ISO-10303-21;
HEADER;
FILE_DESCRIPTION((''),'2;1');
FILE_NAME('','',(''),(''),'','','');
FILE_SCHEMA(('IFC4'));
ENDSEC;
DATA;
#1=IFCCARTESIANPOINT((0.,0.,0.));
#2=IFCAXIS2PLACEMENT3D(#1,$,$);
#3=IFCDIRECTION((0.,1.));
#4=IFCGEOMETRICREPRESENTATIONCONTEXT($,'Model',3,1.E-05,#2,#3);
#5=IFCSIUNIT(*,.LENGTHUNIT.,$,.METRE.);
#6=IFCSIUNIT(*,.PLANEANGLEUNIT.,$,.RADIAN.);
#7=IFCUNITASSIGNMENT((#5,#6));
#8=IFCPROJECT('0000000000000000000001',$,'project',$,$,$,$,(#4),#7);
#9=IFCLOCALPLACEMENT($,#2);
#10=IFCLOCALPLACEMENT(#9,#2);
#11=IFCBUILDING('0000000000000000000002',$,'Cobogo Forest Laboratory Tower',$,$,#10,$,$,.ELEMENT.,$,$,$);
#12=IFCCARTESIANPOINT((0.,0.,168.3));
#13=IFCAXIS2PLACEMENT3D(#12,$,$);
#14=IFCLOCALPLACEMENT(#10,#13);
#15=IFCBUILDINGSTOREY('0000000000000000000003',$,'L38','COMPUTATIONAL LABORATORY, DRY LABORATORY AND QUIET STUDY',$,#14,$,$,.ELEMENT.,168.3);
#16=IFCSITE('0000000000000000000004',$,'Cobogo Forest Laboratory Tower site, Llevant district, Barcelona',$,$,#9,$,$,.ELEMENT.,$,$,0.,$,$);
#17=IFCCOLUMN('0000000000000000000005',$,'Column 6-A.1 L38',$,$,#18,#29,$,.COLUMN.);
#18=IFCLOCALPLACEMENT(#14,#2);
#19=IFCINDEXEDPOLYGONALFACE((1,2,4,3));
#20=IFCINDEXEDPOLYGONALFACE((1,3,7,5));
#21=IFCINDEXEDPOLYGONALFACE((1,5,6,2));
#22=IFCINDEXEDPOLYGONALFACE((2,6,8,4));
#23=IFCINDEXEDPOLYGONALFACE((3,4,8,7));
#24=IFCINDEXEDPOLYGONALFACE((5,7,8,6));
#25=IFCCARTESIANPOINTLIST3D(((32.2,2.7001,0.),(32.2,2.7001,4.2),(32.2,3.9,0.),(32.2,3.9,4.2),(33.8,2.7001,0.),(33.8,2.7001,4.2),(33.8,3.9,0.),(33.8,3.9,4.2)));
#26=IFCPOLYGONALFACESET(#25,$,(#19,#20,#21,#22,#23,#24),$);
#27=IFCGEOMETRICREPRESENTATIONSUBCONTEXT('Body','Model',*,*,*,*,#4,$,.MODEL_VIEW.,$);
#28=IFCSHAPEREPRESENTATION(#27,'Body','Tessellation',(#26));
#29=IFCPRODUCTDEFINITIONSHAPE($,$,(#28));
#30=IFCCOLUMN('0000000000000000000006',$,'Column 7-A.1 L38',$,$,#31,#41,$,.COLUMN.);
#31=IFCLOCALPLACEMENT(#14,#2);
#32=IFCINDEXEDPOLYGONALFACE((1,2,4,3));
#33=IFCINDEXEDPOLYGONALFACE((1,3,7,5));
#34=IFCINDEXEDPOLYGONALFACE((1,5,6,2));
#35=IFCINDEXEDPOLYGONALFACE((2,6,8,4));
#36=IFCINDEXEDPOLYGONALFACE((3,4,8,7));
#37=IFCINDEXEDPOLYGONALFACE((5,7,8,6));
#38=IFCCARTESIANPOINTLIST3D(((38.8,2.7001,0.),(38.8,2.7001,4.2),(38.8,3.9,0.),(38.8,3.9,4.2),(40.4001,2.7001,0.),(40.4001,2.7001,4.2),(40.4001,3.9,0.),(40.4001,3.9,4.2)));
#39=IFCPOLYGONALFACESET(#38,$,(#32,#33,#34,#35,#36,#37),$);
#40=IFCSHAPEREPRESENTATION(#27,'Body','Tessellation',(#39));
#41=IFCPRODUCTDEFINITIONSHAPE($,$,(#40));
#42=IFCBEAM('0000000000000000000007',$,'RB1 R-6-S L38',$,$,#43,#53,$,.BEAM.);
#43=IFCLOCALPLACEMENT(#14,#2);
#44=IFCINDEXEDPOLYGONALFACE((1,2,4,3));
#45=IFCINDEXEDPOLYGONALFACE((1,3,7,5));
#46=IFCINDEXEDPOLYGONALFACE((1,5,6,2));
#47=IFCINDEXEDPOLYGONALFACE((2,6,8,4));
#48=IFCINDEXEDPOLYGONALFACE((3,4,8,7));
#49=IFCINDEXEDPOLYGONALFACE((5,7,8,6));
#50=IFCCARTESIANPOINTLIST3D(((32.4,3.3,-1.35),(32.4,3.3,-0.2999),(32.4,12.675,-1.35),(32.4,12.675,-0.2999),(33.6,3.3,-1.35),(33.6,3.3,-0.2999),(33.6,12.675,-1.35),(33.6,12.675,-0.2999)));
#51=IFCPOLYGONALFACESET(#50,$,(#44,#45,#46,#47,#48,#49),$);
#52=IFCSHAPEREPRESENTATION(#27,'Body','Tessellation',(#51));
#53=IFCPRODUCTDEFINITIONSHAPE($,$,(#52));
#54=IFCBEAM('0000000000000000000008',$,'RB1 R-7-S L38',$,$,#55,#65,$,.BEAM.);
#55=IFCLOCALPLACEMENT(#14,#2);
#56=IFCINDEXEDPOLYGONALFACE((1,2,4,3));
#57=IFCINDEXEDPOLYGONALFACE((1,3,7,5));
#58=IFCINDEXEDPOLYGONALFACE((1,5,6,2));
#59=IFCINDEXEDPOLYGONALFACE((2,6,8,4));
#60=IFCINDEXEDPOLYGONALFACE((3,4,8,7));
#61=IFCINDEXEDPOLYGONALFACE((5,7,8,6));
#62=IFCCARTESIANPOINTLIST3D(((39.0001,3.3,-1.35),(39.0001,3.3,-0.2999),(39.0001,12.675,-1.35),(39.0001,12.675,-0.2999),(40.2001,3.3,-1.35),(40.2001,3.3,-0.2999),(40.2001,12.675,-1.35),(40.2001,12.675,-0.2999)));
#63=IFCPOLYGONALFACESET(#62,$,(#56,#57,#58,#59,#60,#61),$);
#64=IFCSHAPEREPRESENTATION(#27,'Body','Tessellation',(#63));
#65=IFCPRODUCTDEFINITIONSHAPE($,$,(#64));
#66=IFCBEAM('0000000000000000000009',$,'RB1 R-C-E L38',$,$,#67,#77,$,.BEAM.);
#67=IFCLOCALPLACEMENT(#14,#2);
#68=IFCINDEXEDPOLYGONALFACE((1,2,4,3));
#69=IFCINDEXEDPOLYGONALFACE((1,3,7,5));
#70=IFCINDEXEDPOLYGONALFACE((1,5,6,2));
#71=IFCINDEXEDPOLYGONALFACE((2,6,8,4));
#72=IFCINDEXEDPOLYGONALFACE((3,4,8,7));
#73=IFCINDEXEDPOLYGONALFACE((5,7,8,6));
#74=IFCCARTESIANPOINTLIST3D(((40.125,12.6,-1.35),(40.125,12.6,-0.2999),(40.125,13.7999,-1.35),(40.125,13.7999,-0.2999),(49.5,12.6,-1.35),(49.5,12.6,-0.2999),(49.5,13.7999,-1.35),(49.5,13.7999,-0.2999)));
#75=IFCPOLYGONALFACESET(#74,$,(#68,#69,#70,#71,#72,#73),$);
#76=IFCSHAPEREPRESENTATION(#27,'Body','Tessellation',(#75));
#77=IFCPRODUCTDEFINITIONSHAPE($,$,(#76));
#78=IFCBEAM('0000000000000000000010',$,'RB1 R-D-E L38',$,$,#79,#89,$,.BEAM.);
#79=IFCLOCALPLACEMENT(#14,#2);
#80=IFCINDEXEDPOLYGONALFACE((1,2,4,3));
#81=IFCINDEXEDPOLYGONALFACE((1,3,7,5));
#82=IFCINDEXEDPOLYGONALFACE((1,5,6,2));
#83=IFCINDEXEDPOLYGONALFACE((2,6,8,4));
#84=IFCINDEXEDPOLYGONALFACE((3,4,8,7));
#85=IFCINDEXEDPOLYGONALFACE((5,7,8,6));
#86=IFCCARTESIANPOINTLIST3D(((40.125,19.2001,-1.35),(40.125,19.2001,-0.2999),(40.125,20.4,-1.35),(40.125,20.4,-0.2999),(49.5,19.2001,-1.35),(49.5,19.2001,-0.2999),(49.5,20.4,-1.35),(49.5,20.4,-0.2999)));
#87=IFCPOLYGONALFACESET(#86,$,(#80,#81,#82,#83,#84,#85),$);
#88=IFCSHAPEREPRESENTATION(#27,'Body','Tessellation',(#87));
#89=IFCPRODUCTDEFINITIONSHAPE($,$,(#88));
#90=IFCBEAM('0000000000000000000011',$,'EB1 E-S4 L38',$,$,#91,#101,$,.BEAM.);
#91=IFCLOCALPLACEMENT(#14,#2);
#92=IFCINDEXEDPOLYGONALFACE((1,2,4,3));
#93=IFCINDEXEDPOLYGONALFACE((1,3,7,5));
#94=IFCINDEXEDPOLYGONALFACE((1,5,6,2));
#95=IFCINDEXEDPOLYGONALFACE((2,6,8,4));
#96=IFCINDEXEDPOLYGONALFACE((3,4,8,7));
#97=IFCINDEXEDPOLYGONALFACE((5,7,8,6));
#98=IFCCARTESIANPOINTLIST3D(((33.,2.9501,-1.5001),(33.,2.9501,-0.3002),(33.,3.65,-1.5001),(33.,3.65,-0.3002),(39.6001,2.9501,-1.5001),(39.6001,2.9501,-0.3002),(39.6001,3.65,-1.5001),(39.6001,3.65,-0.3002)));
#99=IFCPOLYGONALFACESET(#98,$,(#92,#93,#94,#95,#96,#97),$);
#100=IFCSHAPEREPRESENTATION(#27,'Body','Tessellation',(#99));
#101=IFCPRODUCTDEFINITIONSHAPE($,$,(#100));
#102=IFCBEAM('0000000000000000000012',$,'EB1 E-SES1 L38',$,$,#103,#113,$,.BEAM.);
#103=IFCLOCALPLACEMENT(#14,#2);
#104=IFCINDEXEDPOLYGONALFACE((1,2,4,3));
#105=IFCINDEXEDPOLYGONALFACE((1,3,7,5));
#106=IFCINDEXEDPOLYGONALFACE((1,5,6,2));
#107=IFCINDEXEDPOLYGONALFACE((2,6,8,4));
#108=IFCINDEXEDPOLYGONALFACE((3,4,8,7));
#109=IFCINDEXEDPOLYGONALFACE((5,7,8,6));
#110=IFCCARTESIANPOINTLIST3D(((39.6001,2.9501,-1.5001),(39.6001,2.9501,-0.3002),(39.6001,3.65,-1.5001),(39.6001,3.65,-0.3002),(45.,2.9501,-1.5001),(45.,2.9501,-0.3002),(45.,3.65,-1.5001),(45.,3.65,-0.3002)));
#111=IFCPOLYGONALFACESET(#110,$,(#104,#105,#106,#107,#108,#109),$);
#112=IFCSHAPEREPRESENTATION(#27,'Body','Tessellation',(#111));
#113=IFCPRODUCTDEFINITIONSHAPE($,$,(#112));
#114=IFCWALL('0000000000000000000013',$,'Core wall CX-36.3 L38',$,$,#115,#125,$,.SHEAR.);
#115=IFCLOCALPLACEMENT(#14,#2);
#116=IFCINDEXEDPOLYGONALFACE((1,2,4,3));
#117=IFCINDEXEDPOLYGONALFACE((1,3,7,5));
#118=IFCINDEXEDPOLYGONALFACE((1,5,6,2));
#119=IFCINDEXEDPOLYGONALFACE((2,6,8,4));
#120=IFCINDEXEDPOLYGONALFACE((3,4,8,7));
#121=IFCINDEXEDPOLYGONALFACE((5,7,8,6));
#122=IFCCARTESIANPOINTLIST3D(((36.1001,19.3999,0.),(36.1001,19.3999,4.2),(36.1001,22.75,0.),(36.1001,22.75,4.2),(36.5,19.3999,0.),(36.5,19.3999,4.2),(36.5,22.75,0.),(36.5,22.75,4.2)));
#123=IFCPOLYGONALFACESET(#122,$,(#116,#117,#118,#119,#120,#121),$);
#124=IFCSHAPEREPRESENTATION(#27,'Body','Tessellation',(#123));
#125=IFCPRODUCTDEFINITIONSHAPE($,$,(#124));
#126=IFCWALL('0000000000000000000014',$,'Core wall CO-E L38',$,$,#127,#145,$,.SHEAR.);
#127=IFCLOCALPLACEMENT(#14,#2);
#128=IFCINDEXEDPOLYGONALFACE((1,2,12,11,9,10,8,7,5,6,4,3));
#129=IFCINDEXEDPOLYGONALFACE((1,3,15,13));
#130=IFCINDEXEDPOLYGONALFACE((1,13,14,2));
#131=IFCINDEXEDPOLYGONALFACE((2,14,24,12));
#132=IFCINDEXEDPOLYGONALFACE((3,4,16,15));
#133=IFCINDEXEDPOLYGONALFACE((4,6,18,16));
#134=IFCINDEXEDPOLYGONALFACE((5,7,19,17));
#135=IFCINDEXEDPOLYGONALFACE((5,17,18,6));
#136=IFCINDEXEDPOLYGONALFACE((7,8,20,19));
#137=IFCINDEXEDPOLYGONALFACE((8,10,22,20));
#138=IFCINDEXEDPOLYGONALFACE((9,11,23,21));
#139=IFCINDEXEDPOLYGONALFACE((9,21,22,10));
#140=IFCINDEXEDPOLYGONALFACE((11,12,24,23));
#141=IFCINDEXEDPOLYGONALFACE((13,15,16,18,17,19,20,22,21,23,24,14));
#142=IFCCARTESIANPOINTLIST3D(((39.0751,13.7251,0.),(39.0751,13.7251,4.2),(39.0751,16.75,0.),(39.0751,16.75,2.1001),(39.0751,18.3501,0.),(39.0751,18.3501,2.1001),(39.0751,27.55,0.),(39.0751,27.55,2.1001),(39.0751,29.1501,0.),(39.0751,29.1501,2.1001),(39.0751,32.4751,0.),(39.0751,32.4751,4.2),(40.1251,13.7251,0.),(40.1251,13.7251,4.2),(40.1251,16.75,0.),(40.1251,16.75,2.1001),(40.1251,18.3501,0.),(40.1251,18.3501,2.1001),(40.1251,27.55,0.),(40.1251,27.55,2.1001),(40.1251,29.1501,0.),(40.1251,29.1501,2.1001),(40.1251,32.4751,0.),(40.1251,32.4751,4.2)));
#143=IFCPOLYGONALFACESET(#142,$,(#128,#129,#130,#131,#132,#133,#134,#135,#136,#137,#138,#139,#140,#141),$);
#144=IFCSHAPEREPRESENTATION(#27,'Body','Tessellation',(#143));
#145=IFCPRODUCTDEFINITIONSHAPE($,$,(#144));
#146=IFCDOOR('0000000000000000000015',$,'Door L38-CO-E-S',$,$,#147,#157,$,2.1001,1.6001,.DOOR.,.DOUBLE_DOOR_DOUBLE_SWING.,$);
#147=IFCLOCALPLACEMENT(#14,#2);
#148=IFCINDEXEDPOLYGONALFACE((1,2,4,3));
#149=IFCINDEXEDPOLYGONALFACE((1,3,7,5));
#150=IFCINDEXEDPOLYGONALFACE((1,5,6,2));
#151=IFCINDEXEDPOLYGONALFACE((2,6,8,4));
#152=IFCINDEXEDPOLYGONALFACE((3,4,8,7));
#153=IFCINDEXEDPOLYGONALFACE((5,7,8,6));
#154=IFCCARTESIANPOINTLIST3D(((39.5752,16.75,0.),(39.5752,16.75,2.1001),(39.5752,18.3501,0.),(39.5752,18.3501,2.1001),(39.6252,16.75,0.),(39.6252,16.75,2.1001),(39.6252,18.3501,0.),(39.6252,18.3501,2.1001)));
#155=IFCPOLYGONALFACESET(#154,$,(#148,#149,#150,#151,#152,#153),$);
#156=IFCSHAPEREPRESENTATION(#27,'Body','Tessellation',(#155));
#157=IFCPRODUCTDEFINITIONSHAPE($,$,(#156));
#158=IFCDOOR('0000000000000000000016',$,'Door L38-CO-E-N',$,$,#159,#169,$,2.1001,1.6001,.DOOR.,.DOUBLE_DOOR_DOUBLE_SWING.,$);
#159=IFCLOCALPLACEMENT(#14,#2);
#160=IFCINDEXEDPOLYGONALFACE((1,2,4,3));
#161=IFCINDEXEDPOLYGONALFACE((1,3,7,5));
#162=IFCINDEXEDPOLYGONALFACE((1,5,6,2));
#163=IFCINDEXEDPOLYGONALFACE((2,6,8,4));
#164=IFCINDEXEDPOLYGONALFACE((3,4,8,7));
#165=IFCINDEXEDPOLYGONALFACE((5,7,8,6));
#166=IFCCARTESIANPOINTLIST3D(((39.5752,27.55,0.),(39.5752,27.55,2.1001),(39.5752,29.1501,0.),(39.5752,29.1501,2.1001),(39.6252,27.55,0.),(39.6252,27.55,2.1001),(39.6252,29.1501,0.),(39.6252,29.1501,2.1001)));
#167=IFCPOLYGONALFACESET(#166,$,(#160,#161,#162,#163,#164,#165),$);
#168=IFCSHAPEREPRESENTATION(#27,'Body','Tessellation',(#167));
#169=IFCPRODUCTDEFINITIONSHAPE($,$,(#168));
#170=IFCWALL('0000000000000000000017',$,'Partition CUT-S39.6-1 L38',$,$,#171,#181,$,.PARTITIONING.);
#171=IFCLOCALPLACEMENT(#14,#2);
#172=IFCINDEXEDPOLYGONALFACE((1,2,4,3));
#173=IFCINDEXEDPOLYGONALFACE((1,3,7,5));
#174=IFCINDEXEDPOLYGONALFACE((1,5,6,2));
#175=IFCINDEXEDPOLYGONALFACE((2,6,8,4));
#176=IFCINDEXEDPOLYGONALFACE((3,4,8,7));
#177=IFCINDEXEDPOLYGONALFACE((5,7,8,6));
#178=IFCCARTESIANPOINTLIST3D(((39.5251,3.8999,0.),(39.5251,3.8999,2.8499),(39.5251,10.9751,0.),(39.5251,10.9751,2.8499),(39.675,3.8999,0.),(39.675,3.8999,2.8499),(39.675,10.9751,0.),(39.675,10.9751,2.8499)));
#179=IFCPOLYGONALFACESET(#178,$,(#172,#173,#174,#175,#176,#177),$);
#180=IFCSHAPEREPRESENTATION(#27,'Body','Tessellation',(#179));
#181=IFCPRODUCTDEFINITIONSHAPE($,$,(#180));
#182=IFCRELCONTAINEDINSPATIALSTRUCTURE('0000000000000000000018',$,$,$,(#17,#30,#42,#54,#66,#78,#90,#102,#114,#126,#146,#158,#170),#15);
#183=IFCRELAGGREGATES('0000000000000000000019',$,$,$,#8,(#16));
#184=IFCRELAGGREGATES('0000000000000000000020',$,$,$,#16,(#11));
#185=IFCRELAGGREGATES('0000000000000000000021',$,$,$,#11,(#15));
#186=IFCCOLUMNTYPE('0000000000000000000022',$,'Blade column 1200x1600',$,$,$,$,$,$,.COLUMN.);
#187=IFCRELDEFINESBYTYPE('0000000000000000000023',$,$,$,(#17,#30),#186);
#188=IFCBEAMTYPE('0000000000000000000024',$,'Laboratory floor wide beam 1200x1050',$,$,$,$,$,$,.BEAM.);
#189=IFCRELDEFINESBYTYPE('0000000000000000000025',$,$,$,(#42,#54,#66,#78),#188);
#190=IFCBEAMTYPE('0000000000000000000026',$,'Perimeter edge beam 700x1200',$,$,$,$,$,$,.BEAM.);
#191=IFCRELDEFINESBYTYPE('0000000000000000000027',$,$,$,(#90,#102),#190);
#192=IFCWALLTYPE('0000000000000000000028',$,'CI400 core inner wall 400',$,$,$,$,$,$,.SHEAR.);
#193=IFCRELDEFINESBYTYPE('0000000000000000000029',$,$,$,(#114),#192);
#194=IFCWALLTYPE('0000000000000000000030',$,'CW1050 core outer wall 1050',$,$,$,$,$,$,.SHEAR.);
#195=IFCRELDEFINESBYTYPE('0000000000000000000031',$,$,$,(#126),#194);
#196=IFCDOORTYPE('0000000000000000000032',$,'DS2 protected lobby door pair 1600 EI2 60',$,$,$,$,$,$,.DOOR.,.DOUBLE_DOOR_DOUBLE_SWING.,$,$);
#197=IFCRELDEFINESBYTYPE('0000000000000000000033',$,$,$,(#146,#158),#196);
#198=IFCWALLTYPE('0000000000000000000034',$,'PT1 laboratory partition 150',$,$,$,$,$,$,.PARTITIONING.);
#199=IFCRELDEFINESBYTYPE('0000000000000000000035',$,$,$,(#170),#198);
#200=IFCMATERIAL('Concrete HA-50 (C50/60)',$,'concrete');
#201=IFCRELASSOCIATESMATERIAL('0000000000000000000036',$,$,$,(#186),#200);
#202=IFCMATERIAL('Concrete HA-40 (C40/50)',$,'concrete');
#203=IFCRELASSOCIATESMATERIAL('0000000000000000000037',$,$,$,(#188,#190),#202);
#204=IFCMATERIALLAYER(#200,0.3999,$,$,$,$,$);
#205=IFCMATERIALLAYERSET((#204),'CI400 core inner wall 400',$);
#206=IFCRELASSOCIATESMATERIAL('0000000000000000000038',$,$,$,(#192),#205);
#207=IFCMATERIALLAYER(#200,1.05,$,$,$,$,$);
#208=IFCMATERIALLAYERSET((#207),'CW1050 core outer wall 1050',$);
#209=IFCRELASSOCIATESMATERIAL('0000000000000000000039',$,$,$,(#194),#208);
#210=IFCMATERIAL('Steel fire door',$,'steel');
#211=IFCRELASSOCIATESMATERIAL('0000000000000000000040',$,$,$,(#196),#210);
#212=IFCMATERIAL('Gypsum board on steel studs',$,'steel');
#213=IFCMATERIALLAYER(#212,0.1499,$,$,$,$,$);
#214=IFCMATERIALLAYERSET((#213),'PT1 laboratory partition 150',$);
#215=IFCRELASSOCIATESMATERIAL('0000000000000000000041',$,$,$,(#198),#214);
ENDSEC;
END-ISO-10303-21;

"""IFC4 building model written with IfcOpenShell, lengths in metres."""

from ifc_helpers import new_model, si_unit, direction, frame, frame_2d, origin, origin_2d, place, context, subcontext, project, spatial, rectangle, extrude, material, layer, layer_set, material_profile, profile_set, type_object, element, fill, save


model = new_model("IFC4")

# Units and contexts
model_context = context("Model", 3, precision=1e-05, world=origin(), true_north=direction((0.0, 1.0)))
body_context = subcontext(model_context, "Body", "Model", "MODEL_VIEW")
ifc_project = project(units=[si_unit("LENGTHUNIT", "METRE"), si_unit("PLANEANGLEUNIT", "RADIAN")], contexts=[model_context])

# Site, building, storey
site_placement = place(None, origin())
site = spatial("IfcSite", under=ifc_project, at=site_placement, Name="Cobogo Forest Laboratory Tower site, Llevant district, Barcelona", CompositionType="ELEMENT", RefElevation=0.0)
building_placement = place(site_placement, origin())
building = spatial("IfcBuilding", under=site, at=building_placement, Name="Cobogo Forest Laboratory Tower", CompositionType="ELEMENT")
storey_placement = place(building_placement, frame((0.0, 0.0, 168.3)))
storey = spatial("IfcBuildingStorey", under=building, at=storey_placement, Name="L38", Description="COMPUTATIONAL LABORATORY, DRY LABORATORY AND QUIET STUDY", CompositionType="ELEMENT", Elevation=168.3)

# Columns
ifc_material_1 = material(Name="Concrete HA-50 (C50/60)", Category="concrete")
ifc_material_profile_1 = material_profile(ifc_material_1, rectangle(XDim=1.6001, YDim=1.2, at=origin_2d()), Name="RC 1200x1600")
ifc_profile_set_1 = profile_set([ifc_material_profile_1], Name="Concrete HA-50 (C50/60)")
column_type = type_object("IfcColumnType", Name="Blade column 1200x1600", PredefinedType="COLUMN", material=ifc_profile_set_1)
for number, where, z_axis, x_axis, name in (
    (1, (33.0, 3.3, 0.0), (0.0, 0.0, 1.0), (1.0, 0.0, 0.0), "Column 6-A.1 L38"),
    (2, (39.6001, 3.3, 0.0), (0.0, 0.0, 1.0), (1.0, 0.0, 0.0), "Column 7-A.1 L38"),
):
    element("IfcColumn", number, at=place(storey_placement, frame(where, z_axis=z_axis, x_axis=x_axis)), inside=storey, type_object=column_type, Name=name, PredefinedType="COLUMN", context=body_context, shape_type="SweptSolid", body=[
        extrude(rectangle(XDim=1.6001, YDim=1.2, at=origin_2d()), origin(), (0.0, 0.0, 1.0), 4.2),
    ])

# Beams
ifc_material_2 = material(Name="Concrete HA-40 (C40/50)", Category="concrete")
ifc_material_profile_2 = material_profile(ifc_material_2, rectangle(XDim=1.2, YDim=1.05, at=origin_2d()), Name="RC 1200x1050")
ifc_profile_set_2 = profile_set([ifc_material_profile_2], Name="Concrete HA-40 (C40/50)")
beam_type_1 = type_object("IfcBeamType", Name="Laboratory floor wide beam 1200x1050", PredefinedType="BEAM", material=ifc_profile_set_2)
for number, where, z_axis, x_axis, name in (
    (3, (33.0, 12.675, -0.825), (0.0, -1.0, 0.0), (1.0, 0.0, 0.0), "RB1 R-6-S L38"),
    (4, (39.6001, 12.675, -0.825), (0.0, -1.0, 0.0), (1.0, 0.0, 0.0), "RB1 R-7-S L38"),
    (5, (40.125, 13.2, -0.825), (1.0, 0.0, 0.0), (0.0, 1.0, 0.0), "RB1 R-C-E L38"),
    (6, (40.125, 19.8, -0.825), (1.0, 0.0, 0.0), (0.0, 1.0, 0.0), "RB1 R-D-E L38"),
):
    element("IfcBeam", number, at=place(storey_placement, frame(where, z_axis=z_axis, x_axis=x_axis)), inside=storey, type_object=beam_type_1, Name=name, PredefinedType="BEAM", context=body_context, shape_type="SweptSolid", body=[
        extrude(rectangle(XDim=1.2, YDim=1.05, at=origin_2d()), origin(), (0.0, 0.0, 1.0), 9.375),
    ])
ifc_material_profile_3 = material_profile(ifc_material_2, rectangle(XDim=0.7, YDim=1.2, at=origin_2d()), Name="RC 700x1200")
ifc_profile_set_3 = profile_set([ifc_material_profile_3], Name="Concrete HA-40 (C40/50)")
beam_type_2 = type_object("IfcBeamType", Name="Perimeter edge beam 700x1200", PredefinedType="BEAM", material=ifc_profile_set_3)
beam_1_placement = place(storey_placement, frame((33.0, 3.3, -0.9001), z_axis=(1.0, 0.0, 0.0), x_axis=(0.0, 1.0, 0.0)))
element("IfcBeam", 7, at=beam_1_placement, inside=storey, type_object=beam_type_2, Name="EB1 E-S4 L38", PredefinedType="BEAM", context=body_context, shape_type="SweptSolid", body=[
    extrude(rectangle(XDim=0.7, YDim=1.2, at=origin_2d()), origin(), (0.0, 0.0, 1.0), 6.6001),
])
beam_2_placement = place(storey_placement, frame((39.6001, 3.3, -0.9001), z_axis=(1.0, 0.0, 0.0), x_axis=(0.0, 1.0, 0.0)))
element("IfcBeam", 8, at=beam_2_placement, inside=storey, type_object=beam_type_2, Name="EB1 E-SES1 L38", PredefinedType="BEAM", context=body_context, shape_type="SweptSolid", body=[
    extrude(rectangle(XDim=0.7, YDim=1.2, at=origin_2d()), origin(), (0.0, 0.0, 1.0), 5.3999),
])

# Wall
ifc_layer_1 = layer(ifc_material_1, 0.3999)
ifc_layer_set_1 = layer_set([ifc_layer_1], Name="CI400 core inner wall 400")
wall_type_1 = type_object("IfcWallType", Name="CI400 core inner wall 400", PredefinedType="SHEAR", material=ifc_layer_set_1)
wall_1_placement = place(storey_placement, frame((36.3, 19.3999, 0.0), z_axis=(0.0, 0.0, 1.0), x_axis=(0.0, 1.0, 0.0)))
element("IfcWall", 9, at=wall_1_placement, inside=storey, type_object=wall_type_1, Name="Core wall CX-36.3 L38", PredefinedType="SHEAR", context=body_context, shape_type="SweptSolid", body=[
    extrude(rectangle(XDim=3.3501, YDim=0.3999, at=frame_2d((1.675, 0.0))), origin(), (0.0, 0.0, 1.0), 4.2),
])

# Wall, openings, doors
ifc_layer_2 = layer(ifc_material_1, 1.05)
ifc_layer_set_2 = layer_set([ifc_layer_2], Name="CW1050 core outer wall 1050")
wall_type_2 = type_object("IfcWallType", Name="CW1050 core outer wall 1050", PredefinedType="SHEAR", material=ifc_layer_set_2)
wall_2_placement = place(storey_placement, frame((39.6001, 13.7251, 0.0), z_axis=(0.0, 0.0, 1.0), x_axis=(0.0, 1.0, 0.0)))
wall_2 = element("IfcWall", 10, at=wall_2_placement, inside=storey, type_object=wall_type_2, Name="Core wall CO-E L38", PredefinedType="SHEAR", context=body_context, shape_type="SweptSolid", body=[
    extrude(rectangle(XDim=18.75, YDim=1.05, at=frame_2d((9.375, 0.0))), origin(), (0.0, 0.0, 1.0), 4.2),
])
opening_1_placement = place(wall_2_placement, frame((3.0249, 0.0, 0.0)))
opening_1 = element("IfcOpeningElement", 11, at=opening_1_placement, cuts=wall_2, PredefinedType="OPENING", context=body_context, shape_type="SweptSolid", body=[
    extrude(rectangle(XDim=1.6001, YDim=2.1001, at=frame_2d((0.8, 1.05))), frame((0.0, 0.5349, 0.0), z_axis=(0.0, -1.0, 0.0), x_axis=(1.0, 0.0, 0.0)), (0.0, 0.0, 1.0), 1.0701),
])
opening_2_placement = place(wall_2_placement, frame((13.825, 0.0, 0.0)))
opening_2 = element("IfcOpeningElement", 12, at=opening_2_placement, cuts=wall_2, PredefinedType="OPENING", context=body_context, shape_type="SweptSolid", body=[
    extrude(rectangle(XDim=1.6001, YDim=2.1001, at=frame_2d((0.8, 1.05))), frame((0.0, 0.5349, 0.0), z_axis=(0.0, -1.0, 0.0), x_axis=(1.0, 0.0, 0.0)), (0.0, 0.0, 1.0), 1.0701),
])
ifc_material_3 = material(Name="Steel fire door", Category="steel")
door_type_1 = type_object("IfcDoorType", Name="DS2 protected lobby door pair 1600 EI2 60", OperationType="DOUBLE_DOOR_DOUBLE_SWING", PredefinedType="DOOR", material=ifc_material_3)
door_1_placement = place(opening_1_placement, origin())
door_1 = element("IfcDoor", 13, at=door_1_placement, inside=storey, type_object=door_type_1, Name="Door L38-CO-E-S", OperationType="DOUBLE_DOOR_DOUBLE_SWING", OverallHeight=2.1001, OverallWidth=1.6001, PredefinedType="DOOR", context=body_context, shape_type="SweptSolid", body=[
    extrude(rectangle(XDim=1.6001, YDim=2.1001, at=frame_2d((0.8, 1.05))), frame((0.0, 0.0249, 0.0), z_axis=(0.0, -1.0, 0.0), x_axis=(1.0, 0.0, 0.0)), (0.0, 0.0, 1.0), 0.05),
])
fill(opening_1, door_1)
door_2_placement = place(opening_2_placement, origin())
door_2 = element("IfcDoor", 14, at=door_2_placement, inside=storey, type_object=door_type_1, Name="Door L38-CO-E-N", OperationType="DOUBLE_DOOR_DOUBLE_SWING", OverallHeight=2.1001, OverallWidth=1.6001, PredefinedType="DOOR", context=body_context, shape_type="SweptSolid", body=[
    extrude(rectangle(XDim=1.6001, YDim=2.1001, at=frame_2d((0.8, 1.05))), frame((0.0, 0.0249, 0.0), z_axis=(0.0, -1.0, 0.0), x_axis=(1.0, 0.0, 0.0)), (0.0, 0.0, 1.0), 0.05),
])
fill(opening_2, door_2)

# Wall
ifc_material_4 = material(Name="Gypsum board on steel studs", Category="steel")
ifc_layer_3 = layer(ifc_material_4, 0.1499)
ifc_layer_set_3 = layer_set([ifc_layer_3], Name="PT1 laboratory partition 150")
wall_type_3 = type_object("IfcWallType", Name="PT1 laboratory partition 150", PredefinedType="PARTITIONING", material=ifc_layer_set_3)
wall_3_placement = place(storey_placement, frame((39.6001, 3.8999, 0.0), z_axis=(0.0, 0.0, 1.0), x_axis=(0.0, 1.0, 0.0)))
element("IfcWall", 15, at=wall_3_placement, inside=storey, type_object=wall_type_3, Name="Partition CUT-S39.6-1 L38", PredefinedType="PARTITIONING", context=body_context, shape_type="SweptSolid", body=[
    extrude(rectangle(XDim=7.0752, YDim=0.1499, at=frame_2d((3.5376, 0.0))), origin(), (0.0, 0.0, 1.0), 2.8499),
])

save(model, "model.ifc")
